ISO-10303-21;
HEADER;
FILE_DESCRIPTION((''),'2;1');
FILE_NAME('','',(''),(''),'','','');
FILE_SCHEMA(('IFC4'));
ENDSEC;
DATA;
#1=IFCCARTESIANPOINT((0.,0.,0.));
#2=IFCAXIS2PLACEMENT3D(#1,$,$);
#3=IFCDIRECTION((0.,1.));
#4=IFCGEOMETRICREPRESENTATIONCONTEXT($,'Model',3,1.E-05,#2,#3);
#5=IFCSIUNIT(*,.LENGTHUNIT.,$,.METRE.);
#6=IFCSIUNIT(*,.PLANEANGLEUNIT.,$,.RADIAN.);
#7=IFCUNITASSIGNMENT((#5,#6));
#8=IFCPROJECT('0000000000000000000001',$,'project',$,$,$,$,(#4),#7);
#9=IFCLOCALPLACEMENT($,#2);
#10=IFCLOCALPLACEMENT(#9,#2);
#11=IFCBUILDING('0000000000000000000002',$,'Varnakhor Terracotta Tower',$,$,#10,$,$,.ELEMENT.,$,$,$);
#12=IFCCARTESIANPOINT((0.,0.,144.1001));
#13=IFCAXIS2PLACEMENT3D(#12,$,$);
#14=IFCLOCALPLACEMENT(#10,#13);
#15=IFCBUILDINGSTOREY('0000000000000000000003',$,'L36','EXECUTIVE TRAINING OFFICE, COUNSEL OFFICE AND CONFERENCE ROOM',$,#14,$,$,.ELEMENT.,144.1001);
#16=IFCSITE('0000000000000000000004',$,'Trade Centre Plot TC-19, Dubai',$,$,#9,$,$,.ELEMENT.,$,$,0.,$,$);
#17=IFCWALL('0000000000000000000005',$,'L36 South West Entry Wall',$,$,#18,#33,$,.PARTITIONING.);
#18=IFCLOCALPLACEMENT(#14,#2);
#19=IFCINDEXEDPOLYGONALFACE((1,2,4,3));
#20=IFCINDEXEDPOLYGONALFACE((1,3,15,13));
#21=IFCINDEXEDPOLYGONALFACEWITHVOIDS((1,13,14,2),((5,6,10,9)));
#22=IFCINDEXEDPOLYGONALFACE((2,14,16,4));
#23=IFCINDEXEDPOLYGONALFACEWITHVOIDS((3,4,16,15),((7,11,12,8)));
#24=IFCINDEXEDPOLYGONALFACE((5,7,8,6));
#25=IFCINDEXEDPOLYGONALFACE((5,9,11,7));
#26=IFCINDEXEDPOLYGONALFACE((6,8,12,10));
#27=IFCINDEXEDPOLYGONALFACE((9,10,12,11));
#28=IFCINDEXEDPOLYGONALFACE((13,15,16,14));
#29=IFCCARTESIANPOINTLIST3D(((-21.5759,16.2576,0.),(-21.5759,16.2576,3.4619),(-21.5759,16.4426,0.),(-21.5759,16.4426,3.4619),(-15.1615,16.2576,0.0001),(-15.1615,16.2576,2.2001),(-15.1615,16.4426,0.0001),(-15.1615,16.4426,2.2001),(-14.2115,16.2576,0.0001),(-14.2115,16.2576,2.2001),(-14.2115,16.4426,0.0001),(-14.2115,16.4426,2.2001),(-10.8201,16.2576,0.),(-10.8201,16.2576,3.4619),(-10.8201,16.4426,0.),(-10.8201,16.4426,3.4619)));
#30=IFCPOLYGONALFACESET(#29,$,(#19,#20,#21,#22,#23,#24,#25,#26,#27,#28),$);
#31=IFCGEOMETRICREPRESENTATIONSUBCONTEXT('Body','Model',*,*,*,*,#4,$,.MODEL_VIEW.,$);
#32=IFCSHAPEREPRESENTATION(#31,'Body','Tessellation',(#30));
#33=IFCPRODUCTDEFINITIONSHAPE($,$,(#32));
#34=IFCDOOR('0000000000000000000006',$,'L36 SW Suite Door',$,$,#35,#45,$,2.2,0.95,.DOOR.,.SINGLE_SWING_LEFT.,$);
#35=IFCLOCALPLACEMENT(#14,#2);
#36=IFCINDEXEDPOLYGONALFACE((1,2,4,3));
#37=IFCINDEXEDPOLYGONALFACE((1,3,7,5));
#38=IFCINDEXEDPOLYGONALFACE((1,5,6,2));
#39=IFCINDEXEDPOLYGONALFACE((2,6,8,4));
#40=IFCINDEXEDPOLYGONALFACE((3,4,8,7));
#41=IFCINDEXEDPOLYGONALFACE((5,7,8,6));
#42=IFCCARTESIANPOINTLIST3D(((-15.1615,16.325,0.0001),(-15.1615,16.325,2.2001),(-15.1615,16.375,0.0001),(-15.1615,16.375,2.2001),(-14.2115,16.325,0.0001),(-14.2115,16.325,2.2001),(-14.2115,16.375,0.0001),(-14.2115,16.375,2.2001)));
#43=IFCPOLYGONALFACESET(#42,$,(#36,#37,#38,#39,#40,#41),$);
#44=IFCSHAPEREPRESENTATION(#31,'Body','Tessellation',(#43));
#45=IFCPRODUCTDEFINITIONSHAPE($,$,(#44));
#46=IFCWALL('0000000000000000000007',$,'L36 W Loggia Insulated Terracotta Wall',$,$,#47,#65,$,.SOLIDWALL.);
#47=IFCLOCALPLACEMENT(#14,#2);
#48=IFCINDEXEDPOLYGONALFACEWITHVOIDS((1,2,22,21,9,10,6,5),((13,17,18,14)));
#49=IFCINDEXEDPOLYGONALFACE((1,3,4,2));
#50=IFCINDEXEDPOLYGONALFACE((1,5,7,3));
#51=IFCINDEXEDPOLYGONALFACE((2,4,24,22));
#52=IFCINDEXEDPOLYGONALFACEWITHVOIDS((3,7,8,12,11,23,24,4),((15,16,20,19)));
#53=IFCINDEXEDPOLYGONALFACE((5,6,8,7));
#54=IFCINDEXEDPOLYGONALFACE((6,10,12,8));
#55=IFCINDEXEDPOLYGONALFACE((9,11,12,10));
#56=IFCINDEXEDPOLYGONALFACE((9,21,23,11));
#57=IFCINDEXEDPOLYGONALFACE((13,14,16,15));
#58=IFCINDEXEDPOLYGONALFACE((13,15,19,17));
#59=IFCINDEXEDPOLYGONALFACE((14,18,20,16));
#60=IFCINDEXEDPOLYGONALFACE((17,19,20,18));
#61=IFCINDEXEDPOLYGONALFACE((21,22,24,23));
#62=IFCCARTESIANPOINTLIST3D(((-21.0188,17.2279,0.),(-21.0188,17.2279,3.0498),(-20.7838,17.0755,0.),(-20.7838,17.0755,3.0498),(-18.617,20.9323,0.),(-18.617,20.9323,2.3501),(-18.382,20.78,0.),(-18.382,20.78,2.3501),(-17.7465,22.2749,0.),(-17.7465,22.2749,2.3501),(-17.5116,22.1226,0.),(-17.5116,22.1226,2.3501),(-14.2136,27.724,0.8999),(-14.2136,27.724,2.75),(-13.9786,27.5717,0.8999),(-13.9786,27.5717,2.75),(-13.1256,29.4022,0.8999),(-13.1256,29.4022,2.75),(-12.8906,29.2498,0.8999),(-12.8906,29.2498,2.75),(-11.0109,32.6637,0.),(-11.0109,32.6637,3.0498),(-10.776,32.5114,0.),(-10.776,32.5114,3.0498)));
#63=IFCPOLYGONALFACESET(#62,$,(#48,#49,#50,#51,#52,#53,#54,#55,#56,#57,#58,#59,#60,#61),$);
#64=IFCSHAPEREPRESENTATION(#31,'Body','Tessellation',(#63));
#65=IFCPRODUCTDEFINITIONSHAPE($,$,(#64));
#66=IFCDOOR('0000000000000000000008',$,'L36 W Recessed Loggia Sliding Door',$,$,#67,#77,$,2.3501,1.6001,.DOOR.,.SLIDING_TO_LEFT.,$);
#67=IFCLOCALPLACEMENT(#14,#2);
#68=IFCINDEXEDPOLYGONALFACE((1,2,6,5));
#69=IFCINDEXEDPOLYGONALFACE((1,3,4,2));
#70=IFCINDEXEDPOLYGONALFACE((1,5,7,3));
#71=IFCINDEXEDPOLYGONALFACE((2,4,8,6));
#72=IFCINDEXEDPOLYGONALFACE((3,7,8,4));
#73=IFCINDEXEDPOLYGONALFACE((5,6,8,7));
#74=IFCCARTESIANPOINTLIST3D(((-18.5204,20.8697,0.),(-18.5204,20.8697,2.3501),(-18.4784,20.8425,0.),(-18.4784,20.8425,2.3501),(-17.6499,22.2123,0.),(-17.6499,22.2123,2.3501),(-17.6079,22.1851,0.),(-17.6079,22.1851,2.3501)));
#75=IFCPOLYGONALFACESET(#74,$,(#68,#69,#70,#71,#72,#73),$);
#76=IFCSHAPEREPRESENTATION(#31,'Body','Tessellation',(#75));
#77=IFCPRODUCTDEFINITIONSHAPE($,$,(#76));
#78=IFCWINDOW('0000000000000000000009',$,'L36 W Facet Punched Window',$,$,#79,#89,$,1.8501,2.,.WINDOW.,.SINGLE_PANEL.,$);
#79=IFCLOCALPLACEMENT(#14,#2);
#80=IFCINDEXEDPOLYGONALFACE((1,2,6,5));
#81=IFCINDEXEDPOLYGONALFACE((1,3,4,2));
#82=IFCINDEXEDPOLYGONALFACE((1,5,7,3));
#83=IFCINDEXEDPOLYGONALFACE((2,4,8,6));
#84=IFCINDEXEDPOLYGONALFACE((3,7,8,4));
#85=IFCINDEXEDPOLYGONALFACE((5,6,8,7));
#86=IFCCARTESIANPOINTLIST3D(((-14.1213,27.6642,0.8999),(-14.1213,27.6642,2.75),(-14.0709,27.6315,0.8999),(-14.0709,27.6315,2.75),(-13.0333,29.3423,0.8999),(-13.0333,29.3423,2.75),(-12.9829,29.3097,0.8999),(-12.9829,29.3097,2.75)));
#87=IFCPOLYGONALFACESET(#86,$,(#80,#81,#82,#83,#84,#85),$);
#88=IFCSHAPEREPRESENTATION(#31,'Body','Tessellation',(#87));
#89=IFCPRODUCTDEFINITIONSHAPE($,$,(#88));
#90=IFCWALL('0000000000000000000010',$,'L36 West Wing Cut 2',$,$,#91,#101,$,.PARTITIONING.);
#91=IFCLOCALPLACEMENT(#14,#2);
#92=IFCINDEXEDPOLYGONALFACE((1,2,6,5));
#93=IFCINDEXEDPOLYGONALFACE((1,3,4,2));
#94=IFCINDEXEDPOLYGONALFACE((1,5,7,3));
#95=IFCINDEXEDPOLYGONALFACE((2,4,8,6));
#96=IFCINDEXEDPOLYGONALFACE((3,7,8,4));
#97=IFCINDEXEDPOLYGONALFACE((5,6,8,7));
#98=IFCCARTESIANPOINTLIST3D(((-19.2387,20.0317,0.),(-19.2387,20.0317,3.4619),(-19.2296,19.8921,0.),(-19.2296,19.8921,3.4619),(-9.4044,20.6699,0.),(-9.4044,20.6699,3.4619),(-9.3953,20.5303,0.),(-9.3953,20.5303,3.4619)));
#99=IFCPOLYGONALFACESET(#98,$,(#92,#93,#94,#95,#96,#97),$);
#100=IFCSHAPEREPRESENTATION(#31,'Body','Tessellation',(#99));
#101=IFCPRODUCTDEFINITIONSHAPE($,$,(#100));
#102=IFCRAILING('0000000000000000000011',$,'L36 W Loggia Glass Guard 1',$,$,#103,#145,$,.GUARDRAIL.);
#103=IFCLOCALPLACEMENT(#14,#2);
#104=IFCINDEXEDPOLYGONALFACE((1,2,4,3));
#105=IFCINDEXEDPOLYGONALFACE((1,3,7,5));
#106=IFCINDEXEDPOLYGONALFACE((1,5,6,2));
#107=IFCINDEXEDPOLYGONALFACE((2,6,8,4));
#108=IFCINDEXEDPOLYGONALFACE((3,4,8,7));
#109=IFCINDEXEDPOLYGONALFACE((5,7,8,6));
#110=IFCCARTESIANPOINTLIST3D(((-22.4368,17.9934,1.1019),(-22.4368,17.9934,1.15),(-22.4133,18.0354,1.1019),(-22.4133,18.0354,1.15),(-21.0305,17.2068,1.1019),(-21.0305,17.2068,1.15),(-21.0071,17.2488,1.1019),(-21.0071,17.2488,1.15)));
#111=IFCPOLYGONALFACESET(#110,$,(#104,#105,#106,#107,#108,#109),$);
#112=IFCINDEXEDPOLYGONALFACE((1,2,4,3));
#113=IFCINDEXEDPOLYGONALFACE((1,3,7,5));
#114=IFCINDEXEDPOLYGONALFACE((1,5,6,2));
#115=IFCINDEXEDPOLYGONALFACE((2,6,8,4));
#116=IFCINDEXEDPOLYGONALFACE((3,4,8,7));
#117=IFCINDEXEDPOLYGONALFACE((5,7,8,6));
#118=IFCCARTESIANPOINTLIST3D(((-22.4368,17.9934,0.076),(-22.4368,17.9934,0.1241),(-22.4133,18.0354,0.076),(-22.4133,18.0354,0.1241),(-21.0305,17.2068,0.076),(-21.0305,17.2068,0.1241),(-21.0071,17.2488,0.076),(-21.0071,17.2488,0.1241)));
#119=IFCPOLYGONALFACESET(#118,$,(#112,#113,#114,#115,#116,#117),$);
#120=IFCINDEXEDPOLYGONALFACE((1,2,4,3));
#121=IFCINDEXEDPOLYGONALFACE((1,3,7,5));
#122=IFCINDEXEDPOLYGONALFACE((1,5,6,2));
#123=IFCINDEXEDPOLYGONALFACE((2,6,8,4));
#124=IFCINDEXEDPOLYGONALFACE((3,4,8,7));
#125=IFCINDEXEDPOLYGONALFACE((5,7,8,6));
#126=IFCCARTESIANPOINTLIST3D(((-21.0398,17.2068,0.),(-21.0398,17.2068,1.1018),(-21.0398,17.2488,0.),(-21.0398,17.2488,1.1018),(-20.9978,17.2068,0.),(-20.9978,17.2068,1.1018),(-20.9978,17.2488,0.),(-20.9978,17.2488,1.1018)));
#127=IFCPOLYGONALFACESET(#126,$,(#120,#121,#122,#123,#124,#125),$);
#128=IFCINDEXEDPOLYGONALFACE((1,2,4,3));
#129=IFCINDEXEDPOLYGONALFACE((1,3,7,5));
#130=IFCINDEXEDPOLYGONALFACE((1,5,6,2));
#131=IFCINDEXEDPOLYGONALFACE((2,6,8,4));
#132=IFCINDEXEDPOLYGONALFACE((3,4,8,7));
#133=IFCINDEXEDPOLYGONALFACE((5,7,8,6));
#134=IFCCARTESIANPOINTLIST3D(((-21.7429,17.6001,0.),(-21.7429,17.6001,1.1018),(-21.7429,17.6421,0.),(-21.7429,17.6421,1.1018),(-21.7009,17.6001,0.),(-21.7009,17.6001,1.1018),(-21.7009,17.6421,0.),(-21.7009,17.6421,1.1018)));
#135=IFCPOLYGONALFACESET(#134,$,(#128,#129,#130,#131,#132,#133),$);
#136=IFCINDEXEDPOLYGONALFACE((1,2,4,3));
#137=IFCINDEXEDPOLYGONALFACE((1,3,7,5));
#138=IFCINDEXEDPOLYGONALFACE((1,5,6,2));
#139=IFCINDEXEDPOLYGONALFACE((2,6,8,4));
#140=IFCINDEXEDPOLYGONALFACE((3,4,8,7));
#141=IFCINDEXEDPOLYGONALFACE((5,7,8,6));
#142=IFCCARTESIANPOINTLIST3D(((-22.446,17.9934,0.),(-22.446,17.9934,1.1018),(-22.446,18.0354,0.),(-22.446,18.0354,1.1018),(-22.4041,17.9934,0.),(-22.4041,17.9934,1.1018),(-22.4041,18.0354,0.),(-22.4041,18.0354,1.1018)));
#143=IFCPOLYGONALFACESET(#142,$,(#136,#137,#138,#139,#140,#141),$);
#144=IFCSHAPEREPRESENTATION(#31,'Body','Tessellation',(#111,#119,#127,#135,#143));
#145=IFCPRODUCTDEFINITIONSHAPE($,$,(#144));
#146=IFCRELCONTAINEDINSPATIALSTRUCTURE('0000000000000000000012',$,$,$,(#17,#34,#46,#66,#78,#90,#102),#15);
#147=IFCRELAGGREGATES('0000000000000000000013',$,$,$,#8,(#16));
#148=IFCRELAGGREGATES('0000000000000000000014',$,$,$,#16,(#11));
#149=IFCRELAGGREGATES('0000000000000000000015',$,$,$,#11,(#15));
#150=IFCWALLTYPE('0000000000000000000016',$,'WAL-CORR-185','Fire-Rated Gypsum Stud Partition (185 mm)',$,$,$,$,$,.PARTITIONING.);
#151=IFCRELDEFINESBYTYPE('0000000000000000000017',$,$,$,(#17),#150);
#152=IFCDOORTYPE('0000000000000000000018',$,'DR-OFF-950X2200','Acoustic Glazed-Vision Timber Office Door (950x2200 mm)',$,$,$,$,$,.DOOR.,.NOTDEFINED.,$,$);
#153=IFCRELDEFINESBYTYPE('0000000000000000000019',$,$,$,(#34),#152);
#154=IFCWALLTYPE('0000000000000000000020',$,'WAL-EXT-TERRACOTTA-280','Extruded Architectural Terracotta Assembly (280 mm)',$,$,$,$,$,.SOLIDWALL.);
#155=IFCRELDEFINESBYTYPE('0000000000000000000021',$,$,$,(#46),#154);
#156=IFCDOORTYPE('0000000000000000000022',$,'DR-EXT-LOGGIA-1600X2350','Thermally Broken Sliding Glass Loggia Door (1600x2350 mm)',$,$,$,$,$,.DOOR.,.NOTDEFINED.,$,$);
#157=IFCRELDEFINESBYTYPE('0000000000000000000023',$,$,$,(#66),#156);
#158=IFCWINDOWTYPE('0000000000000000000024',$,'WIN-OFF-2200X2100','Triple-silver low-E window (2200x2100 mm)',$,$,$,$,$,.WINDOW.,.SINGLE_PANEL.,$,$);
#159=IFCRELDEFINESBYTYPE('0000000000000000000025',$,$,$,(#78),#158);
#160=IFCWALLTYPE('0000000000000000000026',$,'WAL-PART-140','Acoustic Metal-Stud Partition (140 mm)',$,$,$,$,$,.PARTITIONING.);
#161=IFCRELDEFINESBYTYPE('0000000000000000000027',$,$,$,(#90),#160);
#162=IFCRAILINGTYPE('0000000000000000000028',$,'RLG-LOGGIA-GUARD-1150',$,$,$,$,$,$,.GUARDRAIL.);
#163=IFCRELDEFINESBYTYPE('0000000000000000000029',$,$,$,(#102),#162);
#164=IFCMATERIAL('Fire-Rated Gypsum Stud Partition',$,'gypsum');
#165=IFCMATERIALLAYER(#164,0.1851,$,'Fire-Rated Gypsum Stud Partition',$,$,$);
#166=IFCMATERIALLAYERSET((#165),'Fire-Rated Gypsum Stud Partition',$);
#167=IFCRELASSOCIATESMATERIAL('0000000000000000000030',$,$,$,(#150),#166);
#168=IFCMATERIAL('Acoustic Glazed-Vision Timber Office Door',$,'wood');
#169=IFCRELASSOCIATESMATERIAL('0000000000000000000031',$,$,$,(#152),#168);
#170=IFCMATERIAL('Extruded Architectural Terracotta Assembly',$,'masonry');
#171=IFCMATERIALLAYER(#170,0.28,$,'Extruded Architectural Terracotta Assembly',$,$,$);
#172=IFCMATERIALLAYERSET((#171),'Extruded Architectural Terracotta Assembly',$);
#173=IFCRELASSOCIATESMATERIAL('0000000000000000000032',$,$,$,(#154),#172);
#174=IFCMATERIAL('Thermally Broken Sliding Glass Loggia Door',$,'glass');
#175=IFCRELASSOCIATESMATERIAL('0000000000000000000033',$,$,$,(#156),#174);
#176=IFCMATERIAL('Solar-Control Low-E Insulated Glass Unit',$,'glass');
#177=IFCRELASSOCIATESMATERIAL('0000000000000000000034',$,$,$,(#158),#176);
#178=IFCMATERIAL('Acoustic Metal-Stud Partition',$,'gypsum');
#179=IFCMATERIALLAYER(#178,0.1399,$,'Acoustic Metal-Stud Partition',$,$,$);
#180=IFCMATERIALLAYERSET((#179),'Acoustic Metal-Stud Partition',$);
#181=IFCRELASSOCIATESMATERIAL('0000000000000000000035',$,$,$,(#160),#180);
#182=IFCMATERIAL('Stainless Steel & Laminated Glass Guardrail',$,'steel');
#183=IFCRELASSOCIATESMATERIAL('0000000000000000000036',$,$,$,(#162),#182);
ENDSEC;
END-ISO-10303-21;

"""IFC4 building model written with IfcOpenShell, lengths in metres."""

from ifc_helpers import new_model, si_unit, direction, frame, frame_2d, origin, origin_2d, place, context, subcontext, project, spatial, rectangle, extrude, source, transform, mapped, material, layer, layer_set, type_object, type_shapes, element, fill, save


model = new_model("IFC4")

# Units and contexts
model_context = context("Model", 3, precision=1e-05, world=origin(), true_north=direction((0.0, 1.0)))
body_context = subcontext(model_context, "Body", "Model", "MODEL_VIEW")
ifc_project = project(units=[si_unit("LENGTHUNIT", "METRE"), si_unit("PLANEANGLEUNIT", "RADIAN")], contexts=[model_context])

# Site, building, storey
site_placement = place(None, origin())
site = spatial("IfcSite", under=ifc_project, at=site_placement, Name="Trade Centre Plot TC-19, Dubai", CompositionType="ELEMENT", RefElevation=0.0)
building_placement = place(site_placement, origin())
building = spatial("IfcBuilding", under=site, at=building_placement, Name="Varnakhor Terracotta Tower", CompositionType="ELEMENT")
storey_placement = place(building_placement, frame((0.0, 0.0, 144.1001)))
storey = spatial("IfcBuildingStorey", under=building, at=storey_placement, Name="L36", Description="EXECUTIVE TRAINING OFFICE, COUNSEL OFFICE AND CONFERENCE ROOM", CompositionType="ELEMENT", Elevation=144.1001)

# Wall, opening, door
ifc_material_1 = material(Name="Fire-Rated Gypsum Stud Partition", Category="gypsum")
ifc_layer_1 = layer(ifc_material_1, 0.1851, Name="Fire-Rated Gypsum Stud Partition")
ifc_layer_set_1 = layer_set([ifc_layer_1], Name="Fire-Rated Gypsum Stud Partition")
wall_type_1 = type_object("IfcWallType", Name="WAL-CORR-185", Description="Fire-Rated Gypsum Stud Partition (185 mm)", PredefinedType="PARTITIONING", material=ifc_layer_set_1)
wall_1_placement = place(storey_placement, frame((-21.5759, 16.3501, 0.0), z_axis=(0.0, 0.0, 1.0), x_axis=(1.0, 0.0, 0.0)))
wall_1 = element("IfcWall", 1, at=wall_1_placement, inside=storey, type_object=wall_type_1, Name="L36 South West Entry Wall", PredefinedType="PARTITIONING", context=body_context, shape_type="SweptSolid", body=[
    extrude(rectangle(XDim=10.7559, YDim=0.1851, at=frame_2d((5.3779, 0.0))), origin(), (0.0, 0.0, 1.0), 3.4619),
])
opening_1_placement = place(wall_1_placement, frame((6.4143, 0.0, 0.0)))
opening_1 = element("IfcOpeningElement", 2, at=opening_1_placement, cuts=wall_1, PredefinedType="OPENING", context=body_context, shape_type="SweptSolid", body=[
    extrude(rectangle(XDim=0.95, YDim=2.2, at=frame_2d((0.4751, 1.1001))), frame((0.0, 0.1025, 0.0), z_axis=(0.0, -1.0, 0.0), x_axis=(1.0, 0.0, 0.0)), (0.0, 0.0, 1.0), 0.2051),
])
ifc_material_2 = material(Name="Acoustic Glazed-Vision Timber Office Door", Category="wood")
door_type_1 = type_object("IfcDoorType", Name="DR-OFF-950X2200", Description="Acoustic Glazed-Vision Timber Office Door (950x2200 mm)", OperationType="NOTDEFINED", PredefinedType="DOOR", material=ifc_material_2)
shared_shape_1 = source(origin(), body_context, "Body", "SweptSolid", [
    extrude(rectangle(XDim=0.95, YDim=2.2, at=frame_2d((0.4751, 1.1001))), frame((0.0, 0.0249, 0.0), z_axis=(0.0, -1.0, 0.0), x_axis=(1.0, 0.0, 0.0)), (0.0, 0.0, 1.0), 0.05),
])
type_shapes(door_type_1, [shared_shape_1])
door_1_placement = place(opening_1_placement, origin())
door_1 = element("IfcDoor", 3, at=door_1_placement, inside=storey, type_object=door_type_1, Name="L36 SW Suite Door", OperationType="SINGLE_SWING_LEFT", OverallHeight=2.2, OverallWidth=0.95, PredefinedType="DOOR", context=body_context, shape_type="MappedRepresentation", body=[
    mapped(shared_shape_1, transform((0.0, 0.0, 0.0), scale=1.0)),
])
fill(opening_1, door_1)

# Wall, openings, door, window
ifc_material_3 = material(Name="Extruded Architectural Terracotta Assembly", Category="masonry")
ifc_layer_2 = layer(ifc_material_3, 0.28, Name="Extruded Architectural Terracotta Assembly")
ifc_layer_set_2 = layer_set([ifc_layer_2], Name="Extruded Architectural Terracotta Assembly")
wall_type_2 = type_object("IfcWallType", Name="WAL-EXT-TERRACOTTA-280", Description="Extruded Architectural Terracotta Assembly (280 mm)", PredefinedType="SOLIDWALL", material=ifc_layer_set_2)
wall_2_placement = place(storey_placement, frame((-20.9014, 17.1516, 0.0), z_axis=(0.0, 0.0, 1.0), x_axis=(0.544015, 0.839075, 0.0)))
wall_2 = element("IfcWall", 4, at=wall_2_placement, inside=storey, type_object=wall_type_2, Name="L36 W Loggia Insulated Terracotta Wall", PredefinedType="SOLIDWALL", context=body_context, shape_type="SweptSolid", body=[
    extrude(rectangle(XDim=18.3962, YDim=0.28, at=frame_2d((9.1982, 0.0))), origin(), (0.0, 0.0, 1.0), 3.0498),
])
opening_2_placement = place(wall_2_placement, frame((4.415, 0.0, 0.0)))
opening_2 = element("IfcOpeningElement", 5, at=opening_2_placement, cuts=wall_2, PredefinedType="OPENING", context=body_context, shape_type="SweptSolid", body=[
    extrude(rectangle(XDim=1.6001, YDim=2.3501, at=frame_2d((0.8, 1.175))), frame((0.0, 0.1499, 0.0), z_axis=(0.0, -1.0, 0.0), x_axis=(1.0, 0.0, 0.0)), (0.0, 0.0, 1.0), 0.3),
])
opening_3_placement = place(wall_2_placement, frame((12.5093, 0.0, 0.8999)))
opening_3 = element("IfcOpeningElement", 6, at=opening_3_placement, cuts=wall_2, PredefinedType="OPENING", context=body_context, shape_type="SweptSolid", body=[
    extrude(rectangle(XDim=2.0, YDim=1.8501, at=frame_2d((1.0, 0.925))), frame((0.0, 0.1499, 0.0), z_axis=(0.0, -1.0, 0.0), x_axis=(1.0, 0.0, 0.0)), (0.0, 0.0, 1.0), 0.3),
])
ifc_material_4 = material(Name="Thermally Broken Sliding Glass Loggia Door", Category="glass")
door_type_2 = type_object("IfcDoorType", Name="DR-EXT-LOGGIA-1600X2350", Description="Thermally Broken Sliding Glass Loggia Door (1600x2350 mm)", OperationType="NOTDEFINED", PredefinedType="DOOR", material=ifc_material_4)
shared_shape_2 = source(origin(), body_context, "Body", "SweptSolid", [
    extrude(rectangle(XDim=1.6001, YDim=2.3501, at=frame_2d((0.8, 1.175))), frame((0.0, 0.0249, 0.0), z_axis=(0.0, -1.0, 0.0), x_axis=(1.0, 0.0, 0.0)), (0.0, 0.0, 1.0), 0.05),
])
type_shapes(door_type_2, [shared_shape_2])
door_2_placement = place(opening_2_placement, origin())
door_2 = element("IfcDoor", 7, at=door_2_placement, inside=storey, type_object=door_type_2, Name="L36 W Recessed Loggia Sliding Door", OperationType="SLIDING_TO_LEFT", OverallHeight=2.3501, OverallWidth=1.6001, PredefinedType="DOOR", context=body_context, shape_type="MappedRepresentation", body=[
    mapped(shared_shape_2, transform((0.0, 0.0, 0.0), scale=1.0)),
])
fill(opening_2, door_2)
ifc_material_5 = material(Name="Solar-Control Low-E Insulated Glass Unit", Category="glass")
window_type = type_object("IfcWindowType", Name="WIN-OFF-2200X2100", Description="Triple-silver low-E window (2200x2100 mm)", PartitioningType="SINGLE_PANEL", PredefinedType="WINDOW", material=ifc_material_5)
shared_shape_3 = source(origin(), body_context, "Body", "SweptSolid", [
    extrude(rectangle(XDim=2.0, YDim=1.8501, at=frame_2d((1.0, 0.925))), frame((0.0, 0.03, 0.0), z_axis=(0.0, -1.0, 0.0), x_axis=(1.0, 0.0, 0.0)), (0.0, 0.0, 1.0), 0.0601),
])
type_shapes(window_type, [shared_shape_3])
window_placement = place(opening_3_placement, origin())
window = element("IfcWindow", 8, at=window_placement, inside=storey, type_object=window_type, Name="L36 W Facet Punched Window", OverallHeight=1.8501, OverallWidth=2.0, PartitioningType="SINGLE_PANEL", PredefinedType="WINDOW", context=body_context, shape_type="MappedRepresentation", body=[
    mapped(shared_shape_3, transform((0.0, 0.0, 0.0), scale=1.0)),
])
fill(opening_3, window)

# Wall
ifc_material_6 = material(Name="Acoustic Metal-Stud Partition", Category="gypsum")
ifc_layer_3 = layer(ifc_material_6, 0.1399, Name="Acoustic Metal-Stud Partition")
ifc_layer_set_3 = layer_set([ifc_layer_3], Name="Acoustic Metal-Stud Partition")
wall_type_3 = type_object("IfcWallType", Name="WAL-PART-140", Description="Acoustic Metal-Stud Partition (140 mm)", PredefinedType="PARTITIONING", material=ifc_layer_set_3)
wall_3_placement = place(storey_placement, frame((-19.2341, 19.9619, 0.0), z_axis=(0.0, 0.0, 1.0), x_axis=(0.997901, 0.064758, 0.0)))
element("IfcWall", 9, at=wall_3_placement, inside=storey, type_object=wall_type_3, Name="L36 West Wing Cut 2", PredefinedType="PARTITIONING", context=body_context, shape_type="SweptSolid", body=[
    extrude(rectangle(XDim=9.855, YDim=0.1399, at=frame_2d((4.9275, 0.0))), origin(), (0.0, 0.0, 1.0), 3.4619),
])

# Railing
ifc_material_7 = material(Name="Stainless Steel & Laminated Glass Guardrail", Category="steel")
railing_type = type_object("IfcRailingType", Name="RLG-LOGGIA-GUARD-1150", PredefinedType="GUARDRAIL", material=ifc_material_7)
railing_1_placement = place(storey_placement, frame((-21.0188, 17.2278, 0.0)))
element("IfcRailing", 10, at=railing_1_placement, inside=storey, type_object=railing_type, Name="L36 W Loggia Glass Guard 1", PredefinedType="GUARDRAIL", context=body_context, shape_type="SweptSolid", body=[
    extrude(rectangle(XDim=0.0481, YDim=0.0481, at=origin_2d()), frame((0.0, 0.0, 1.126), z_axis=(-0.872738, 0.488188, 0.0), x_axis=(-0.488188, -0.872738, 0.0)), (0.0, 0.0, 1.0), 1.6113),
    extrude(rectangle(XDim=0.0481, YDim=0.0481, at=origin_2d()), frame((0.0, 0.0, 0.1001), z_axis=(-0.872738, 0.488188, 0.0), x_axis=(-0.488188, -0.872738, 0.0)), (0.0, 0.0, 1.0), 1.6113),
    extrude(rectangle(XDim=0.042, YDim=0.042, at=origin_2d()), origin(), (0.0, 0.0, 1.0), 1.1018),
    extrude(rectangle(XDim=0.042, YDim=0.042, at=origin_2d()), frame((-0.7031, 0.3933, 0.0)), (0.0, 0.0, 1.0), 1.1018),
    extrude(rectangle(XDim=0.042, YDim=0.042, at=origin_2d()), frame((-1.4062, 0.7866, 0.0)), (0.0, 0.0, 1.0), 1.1018),
])

save(model, "model.ifc")
